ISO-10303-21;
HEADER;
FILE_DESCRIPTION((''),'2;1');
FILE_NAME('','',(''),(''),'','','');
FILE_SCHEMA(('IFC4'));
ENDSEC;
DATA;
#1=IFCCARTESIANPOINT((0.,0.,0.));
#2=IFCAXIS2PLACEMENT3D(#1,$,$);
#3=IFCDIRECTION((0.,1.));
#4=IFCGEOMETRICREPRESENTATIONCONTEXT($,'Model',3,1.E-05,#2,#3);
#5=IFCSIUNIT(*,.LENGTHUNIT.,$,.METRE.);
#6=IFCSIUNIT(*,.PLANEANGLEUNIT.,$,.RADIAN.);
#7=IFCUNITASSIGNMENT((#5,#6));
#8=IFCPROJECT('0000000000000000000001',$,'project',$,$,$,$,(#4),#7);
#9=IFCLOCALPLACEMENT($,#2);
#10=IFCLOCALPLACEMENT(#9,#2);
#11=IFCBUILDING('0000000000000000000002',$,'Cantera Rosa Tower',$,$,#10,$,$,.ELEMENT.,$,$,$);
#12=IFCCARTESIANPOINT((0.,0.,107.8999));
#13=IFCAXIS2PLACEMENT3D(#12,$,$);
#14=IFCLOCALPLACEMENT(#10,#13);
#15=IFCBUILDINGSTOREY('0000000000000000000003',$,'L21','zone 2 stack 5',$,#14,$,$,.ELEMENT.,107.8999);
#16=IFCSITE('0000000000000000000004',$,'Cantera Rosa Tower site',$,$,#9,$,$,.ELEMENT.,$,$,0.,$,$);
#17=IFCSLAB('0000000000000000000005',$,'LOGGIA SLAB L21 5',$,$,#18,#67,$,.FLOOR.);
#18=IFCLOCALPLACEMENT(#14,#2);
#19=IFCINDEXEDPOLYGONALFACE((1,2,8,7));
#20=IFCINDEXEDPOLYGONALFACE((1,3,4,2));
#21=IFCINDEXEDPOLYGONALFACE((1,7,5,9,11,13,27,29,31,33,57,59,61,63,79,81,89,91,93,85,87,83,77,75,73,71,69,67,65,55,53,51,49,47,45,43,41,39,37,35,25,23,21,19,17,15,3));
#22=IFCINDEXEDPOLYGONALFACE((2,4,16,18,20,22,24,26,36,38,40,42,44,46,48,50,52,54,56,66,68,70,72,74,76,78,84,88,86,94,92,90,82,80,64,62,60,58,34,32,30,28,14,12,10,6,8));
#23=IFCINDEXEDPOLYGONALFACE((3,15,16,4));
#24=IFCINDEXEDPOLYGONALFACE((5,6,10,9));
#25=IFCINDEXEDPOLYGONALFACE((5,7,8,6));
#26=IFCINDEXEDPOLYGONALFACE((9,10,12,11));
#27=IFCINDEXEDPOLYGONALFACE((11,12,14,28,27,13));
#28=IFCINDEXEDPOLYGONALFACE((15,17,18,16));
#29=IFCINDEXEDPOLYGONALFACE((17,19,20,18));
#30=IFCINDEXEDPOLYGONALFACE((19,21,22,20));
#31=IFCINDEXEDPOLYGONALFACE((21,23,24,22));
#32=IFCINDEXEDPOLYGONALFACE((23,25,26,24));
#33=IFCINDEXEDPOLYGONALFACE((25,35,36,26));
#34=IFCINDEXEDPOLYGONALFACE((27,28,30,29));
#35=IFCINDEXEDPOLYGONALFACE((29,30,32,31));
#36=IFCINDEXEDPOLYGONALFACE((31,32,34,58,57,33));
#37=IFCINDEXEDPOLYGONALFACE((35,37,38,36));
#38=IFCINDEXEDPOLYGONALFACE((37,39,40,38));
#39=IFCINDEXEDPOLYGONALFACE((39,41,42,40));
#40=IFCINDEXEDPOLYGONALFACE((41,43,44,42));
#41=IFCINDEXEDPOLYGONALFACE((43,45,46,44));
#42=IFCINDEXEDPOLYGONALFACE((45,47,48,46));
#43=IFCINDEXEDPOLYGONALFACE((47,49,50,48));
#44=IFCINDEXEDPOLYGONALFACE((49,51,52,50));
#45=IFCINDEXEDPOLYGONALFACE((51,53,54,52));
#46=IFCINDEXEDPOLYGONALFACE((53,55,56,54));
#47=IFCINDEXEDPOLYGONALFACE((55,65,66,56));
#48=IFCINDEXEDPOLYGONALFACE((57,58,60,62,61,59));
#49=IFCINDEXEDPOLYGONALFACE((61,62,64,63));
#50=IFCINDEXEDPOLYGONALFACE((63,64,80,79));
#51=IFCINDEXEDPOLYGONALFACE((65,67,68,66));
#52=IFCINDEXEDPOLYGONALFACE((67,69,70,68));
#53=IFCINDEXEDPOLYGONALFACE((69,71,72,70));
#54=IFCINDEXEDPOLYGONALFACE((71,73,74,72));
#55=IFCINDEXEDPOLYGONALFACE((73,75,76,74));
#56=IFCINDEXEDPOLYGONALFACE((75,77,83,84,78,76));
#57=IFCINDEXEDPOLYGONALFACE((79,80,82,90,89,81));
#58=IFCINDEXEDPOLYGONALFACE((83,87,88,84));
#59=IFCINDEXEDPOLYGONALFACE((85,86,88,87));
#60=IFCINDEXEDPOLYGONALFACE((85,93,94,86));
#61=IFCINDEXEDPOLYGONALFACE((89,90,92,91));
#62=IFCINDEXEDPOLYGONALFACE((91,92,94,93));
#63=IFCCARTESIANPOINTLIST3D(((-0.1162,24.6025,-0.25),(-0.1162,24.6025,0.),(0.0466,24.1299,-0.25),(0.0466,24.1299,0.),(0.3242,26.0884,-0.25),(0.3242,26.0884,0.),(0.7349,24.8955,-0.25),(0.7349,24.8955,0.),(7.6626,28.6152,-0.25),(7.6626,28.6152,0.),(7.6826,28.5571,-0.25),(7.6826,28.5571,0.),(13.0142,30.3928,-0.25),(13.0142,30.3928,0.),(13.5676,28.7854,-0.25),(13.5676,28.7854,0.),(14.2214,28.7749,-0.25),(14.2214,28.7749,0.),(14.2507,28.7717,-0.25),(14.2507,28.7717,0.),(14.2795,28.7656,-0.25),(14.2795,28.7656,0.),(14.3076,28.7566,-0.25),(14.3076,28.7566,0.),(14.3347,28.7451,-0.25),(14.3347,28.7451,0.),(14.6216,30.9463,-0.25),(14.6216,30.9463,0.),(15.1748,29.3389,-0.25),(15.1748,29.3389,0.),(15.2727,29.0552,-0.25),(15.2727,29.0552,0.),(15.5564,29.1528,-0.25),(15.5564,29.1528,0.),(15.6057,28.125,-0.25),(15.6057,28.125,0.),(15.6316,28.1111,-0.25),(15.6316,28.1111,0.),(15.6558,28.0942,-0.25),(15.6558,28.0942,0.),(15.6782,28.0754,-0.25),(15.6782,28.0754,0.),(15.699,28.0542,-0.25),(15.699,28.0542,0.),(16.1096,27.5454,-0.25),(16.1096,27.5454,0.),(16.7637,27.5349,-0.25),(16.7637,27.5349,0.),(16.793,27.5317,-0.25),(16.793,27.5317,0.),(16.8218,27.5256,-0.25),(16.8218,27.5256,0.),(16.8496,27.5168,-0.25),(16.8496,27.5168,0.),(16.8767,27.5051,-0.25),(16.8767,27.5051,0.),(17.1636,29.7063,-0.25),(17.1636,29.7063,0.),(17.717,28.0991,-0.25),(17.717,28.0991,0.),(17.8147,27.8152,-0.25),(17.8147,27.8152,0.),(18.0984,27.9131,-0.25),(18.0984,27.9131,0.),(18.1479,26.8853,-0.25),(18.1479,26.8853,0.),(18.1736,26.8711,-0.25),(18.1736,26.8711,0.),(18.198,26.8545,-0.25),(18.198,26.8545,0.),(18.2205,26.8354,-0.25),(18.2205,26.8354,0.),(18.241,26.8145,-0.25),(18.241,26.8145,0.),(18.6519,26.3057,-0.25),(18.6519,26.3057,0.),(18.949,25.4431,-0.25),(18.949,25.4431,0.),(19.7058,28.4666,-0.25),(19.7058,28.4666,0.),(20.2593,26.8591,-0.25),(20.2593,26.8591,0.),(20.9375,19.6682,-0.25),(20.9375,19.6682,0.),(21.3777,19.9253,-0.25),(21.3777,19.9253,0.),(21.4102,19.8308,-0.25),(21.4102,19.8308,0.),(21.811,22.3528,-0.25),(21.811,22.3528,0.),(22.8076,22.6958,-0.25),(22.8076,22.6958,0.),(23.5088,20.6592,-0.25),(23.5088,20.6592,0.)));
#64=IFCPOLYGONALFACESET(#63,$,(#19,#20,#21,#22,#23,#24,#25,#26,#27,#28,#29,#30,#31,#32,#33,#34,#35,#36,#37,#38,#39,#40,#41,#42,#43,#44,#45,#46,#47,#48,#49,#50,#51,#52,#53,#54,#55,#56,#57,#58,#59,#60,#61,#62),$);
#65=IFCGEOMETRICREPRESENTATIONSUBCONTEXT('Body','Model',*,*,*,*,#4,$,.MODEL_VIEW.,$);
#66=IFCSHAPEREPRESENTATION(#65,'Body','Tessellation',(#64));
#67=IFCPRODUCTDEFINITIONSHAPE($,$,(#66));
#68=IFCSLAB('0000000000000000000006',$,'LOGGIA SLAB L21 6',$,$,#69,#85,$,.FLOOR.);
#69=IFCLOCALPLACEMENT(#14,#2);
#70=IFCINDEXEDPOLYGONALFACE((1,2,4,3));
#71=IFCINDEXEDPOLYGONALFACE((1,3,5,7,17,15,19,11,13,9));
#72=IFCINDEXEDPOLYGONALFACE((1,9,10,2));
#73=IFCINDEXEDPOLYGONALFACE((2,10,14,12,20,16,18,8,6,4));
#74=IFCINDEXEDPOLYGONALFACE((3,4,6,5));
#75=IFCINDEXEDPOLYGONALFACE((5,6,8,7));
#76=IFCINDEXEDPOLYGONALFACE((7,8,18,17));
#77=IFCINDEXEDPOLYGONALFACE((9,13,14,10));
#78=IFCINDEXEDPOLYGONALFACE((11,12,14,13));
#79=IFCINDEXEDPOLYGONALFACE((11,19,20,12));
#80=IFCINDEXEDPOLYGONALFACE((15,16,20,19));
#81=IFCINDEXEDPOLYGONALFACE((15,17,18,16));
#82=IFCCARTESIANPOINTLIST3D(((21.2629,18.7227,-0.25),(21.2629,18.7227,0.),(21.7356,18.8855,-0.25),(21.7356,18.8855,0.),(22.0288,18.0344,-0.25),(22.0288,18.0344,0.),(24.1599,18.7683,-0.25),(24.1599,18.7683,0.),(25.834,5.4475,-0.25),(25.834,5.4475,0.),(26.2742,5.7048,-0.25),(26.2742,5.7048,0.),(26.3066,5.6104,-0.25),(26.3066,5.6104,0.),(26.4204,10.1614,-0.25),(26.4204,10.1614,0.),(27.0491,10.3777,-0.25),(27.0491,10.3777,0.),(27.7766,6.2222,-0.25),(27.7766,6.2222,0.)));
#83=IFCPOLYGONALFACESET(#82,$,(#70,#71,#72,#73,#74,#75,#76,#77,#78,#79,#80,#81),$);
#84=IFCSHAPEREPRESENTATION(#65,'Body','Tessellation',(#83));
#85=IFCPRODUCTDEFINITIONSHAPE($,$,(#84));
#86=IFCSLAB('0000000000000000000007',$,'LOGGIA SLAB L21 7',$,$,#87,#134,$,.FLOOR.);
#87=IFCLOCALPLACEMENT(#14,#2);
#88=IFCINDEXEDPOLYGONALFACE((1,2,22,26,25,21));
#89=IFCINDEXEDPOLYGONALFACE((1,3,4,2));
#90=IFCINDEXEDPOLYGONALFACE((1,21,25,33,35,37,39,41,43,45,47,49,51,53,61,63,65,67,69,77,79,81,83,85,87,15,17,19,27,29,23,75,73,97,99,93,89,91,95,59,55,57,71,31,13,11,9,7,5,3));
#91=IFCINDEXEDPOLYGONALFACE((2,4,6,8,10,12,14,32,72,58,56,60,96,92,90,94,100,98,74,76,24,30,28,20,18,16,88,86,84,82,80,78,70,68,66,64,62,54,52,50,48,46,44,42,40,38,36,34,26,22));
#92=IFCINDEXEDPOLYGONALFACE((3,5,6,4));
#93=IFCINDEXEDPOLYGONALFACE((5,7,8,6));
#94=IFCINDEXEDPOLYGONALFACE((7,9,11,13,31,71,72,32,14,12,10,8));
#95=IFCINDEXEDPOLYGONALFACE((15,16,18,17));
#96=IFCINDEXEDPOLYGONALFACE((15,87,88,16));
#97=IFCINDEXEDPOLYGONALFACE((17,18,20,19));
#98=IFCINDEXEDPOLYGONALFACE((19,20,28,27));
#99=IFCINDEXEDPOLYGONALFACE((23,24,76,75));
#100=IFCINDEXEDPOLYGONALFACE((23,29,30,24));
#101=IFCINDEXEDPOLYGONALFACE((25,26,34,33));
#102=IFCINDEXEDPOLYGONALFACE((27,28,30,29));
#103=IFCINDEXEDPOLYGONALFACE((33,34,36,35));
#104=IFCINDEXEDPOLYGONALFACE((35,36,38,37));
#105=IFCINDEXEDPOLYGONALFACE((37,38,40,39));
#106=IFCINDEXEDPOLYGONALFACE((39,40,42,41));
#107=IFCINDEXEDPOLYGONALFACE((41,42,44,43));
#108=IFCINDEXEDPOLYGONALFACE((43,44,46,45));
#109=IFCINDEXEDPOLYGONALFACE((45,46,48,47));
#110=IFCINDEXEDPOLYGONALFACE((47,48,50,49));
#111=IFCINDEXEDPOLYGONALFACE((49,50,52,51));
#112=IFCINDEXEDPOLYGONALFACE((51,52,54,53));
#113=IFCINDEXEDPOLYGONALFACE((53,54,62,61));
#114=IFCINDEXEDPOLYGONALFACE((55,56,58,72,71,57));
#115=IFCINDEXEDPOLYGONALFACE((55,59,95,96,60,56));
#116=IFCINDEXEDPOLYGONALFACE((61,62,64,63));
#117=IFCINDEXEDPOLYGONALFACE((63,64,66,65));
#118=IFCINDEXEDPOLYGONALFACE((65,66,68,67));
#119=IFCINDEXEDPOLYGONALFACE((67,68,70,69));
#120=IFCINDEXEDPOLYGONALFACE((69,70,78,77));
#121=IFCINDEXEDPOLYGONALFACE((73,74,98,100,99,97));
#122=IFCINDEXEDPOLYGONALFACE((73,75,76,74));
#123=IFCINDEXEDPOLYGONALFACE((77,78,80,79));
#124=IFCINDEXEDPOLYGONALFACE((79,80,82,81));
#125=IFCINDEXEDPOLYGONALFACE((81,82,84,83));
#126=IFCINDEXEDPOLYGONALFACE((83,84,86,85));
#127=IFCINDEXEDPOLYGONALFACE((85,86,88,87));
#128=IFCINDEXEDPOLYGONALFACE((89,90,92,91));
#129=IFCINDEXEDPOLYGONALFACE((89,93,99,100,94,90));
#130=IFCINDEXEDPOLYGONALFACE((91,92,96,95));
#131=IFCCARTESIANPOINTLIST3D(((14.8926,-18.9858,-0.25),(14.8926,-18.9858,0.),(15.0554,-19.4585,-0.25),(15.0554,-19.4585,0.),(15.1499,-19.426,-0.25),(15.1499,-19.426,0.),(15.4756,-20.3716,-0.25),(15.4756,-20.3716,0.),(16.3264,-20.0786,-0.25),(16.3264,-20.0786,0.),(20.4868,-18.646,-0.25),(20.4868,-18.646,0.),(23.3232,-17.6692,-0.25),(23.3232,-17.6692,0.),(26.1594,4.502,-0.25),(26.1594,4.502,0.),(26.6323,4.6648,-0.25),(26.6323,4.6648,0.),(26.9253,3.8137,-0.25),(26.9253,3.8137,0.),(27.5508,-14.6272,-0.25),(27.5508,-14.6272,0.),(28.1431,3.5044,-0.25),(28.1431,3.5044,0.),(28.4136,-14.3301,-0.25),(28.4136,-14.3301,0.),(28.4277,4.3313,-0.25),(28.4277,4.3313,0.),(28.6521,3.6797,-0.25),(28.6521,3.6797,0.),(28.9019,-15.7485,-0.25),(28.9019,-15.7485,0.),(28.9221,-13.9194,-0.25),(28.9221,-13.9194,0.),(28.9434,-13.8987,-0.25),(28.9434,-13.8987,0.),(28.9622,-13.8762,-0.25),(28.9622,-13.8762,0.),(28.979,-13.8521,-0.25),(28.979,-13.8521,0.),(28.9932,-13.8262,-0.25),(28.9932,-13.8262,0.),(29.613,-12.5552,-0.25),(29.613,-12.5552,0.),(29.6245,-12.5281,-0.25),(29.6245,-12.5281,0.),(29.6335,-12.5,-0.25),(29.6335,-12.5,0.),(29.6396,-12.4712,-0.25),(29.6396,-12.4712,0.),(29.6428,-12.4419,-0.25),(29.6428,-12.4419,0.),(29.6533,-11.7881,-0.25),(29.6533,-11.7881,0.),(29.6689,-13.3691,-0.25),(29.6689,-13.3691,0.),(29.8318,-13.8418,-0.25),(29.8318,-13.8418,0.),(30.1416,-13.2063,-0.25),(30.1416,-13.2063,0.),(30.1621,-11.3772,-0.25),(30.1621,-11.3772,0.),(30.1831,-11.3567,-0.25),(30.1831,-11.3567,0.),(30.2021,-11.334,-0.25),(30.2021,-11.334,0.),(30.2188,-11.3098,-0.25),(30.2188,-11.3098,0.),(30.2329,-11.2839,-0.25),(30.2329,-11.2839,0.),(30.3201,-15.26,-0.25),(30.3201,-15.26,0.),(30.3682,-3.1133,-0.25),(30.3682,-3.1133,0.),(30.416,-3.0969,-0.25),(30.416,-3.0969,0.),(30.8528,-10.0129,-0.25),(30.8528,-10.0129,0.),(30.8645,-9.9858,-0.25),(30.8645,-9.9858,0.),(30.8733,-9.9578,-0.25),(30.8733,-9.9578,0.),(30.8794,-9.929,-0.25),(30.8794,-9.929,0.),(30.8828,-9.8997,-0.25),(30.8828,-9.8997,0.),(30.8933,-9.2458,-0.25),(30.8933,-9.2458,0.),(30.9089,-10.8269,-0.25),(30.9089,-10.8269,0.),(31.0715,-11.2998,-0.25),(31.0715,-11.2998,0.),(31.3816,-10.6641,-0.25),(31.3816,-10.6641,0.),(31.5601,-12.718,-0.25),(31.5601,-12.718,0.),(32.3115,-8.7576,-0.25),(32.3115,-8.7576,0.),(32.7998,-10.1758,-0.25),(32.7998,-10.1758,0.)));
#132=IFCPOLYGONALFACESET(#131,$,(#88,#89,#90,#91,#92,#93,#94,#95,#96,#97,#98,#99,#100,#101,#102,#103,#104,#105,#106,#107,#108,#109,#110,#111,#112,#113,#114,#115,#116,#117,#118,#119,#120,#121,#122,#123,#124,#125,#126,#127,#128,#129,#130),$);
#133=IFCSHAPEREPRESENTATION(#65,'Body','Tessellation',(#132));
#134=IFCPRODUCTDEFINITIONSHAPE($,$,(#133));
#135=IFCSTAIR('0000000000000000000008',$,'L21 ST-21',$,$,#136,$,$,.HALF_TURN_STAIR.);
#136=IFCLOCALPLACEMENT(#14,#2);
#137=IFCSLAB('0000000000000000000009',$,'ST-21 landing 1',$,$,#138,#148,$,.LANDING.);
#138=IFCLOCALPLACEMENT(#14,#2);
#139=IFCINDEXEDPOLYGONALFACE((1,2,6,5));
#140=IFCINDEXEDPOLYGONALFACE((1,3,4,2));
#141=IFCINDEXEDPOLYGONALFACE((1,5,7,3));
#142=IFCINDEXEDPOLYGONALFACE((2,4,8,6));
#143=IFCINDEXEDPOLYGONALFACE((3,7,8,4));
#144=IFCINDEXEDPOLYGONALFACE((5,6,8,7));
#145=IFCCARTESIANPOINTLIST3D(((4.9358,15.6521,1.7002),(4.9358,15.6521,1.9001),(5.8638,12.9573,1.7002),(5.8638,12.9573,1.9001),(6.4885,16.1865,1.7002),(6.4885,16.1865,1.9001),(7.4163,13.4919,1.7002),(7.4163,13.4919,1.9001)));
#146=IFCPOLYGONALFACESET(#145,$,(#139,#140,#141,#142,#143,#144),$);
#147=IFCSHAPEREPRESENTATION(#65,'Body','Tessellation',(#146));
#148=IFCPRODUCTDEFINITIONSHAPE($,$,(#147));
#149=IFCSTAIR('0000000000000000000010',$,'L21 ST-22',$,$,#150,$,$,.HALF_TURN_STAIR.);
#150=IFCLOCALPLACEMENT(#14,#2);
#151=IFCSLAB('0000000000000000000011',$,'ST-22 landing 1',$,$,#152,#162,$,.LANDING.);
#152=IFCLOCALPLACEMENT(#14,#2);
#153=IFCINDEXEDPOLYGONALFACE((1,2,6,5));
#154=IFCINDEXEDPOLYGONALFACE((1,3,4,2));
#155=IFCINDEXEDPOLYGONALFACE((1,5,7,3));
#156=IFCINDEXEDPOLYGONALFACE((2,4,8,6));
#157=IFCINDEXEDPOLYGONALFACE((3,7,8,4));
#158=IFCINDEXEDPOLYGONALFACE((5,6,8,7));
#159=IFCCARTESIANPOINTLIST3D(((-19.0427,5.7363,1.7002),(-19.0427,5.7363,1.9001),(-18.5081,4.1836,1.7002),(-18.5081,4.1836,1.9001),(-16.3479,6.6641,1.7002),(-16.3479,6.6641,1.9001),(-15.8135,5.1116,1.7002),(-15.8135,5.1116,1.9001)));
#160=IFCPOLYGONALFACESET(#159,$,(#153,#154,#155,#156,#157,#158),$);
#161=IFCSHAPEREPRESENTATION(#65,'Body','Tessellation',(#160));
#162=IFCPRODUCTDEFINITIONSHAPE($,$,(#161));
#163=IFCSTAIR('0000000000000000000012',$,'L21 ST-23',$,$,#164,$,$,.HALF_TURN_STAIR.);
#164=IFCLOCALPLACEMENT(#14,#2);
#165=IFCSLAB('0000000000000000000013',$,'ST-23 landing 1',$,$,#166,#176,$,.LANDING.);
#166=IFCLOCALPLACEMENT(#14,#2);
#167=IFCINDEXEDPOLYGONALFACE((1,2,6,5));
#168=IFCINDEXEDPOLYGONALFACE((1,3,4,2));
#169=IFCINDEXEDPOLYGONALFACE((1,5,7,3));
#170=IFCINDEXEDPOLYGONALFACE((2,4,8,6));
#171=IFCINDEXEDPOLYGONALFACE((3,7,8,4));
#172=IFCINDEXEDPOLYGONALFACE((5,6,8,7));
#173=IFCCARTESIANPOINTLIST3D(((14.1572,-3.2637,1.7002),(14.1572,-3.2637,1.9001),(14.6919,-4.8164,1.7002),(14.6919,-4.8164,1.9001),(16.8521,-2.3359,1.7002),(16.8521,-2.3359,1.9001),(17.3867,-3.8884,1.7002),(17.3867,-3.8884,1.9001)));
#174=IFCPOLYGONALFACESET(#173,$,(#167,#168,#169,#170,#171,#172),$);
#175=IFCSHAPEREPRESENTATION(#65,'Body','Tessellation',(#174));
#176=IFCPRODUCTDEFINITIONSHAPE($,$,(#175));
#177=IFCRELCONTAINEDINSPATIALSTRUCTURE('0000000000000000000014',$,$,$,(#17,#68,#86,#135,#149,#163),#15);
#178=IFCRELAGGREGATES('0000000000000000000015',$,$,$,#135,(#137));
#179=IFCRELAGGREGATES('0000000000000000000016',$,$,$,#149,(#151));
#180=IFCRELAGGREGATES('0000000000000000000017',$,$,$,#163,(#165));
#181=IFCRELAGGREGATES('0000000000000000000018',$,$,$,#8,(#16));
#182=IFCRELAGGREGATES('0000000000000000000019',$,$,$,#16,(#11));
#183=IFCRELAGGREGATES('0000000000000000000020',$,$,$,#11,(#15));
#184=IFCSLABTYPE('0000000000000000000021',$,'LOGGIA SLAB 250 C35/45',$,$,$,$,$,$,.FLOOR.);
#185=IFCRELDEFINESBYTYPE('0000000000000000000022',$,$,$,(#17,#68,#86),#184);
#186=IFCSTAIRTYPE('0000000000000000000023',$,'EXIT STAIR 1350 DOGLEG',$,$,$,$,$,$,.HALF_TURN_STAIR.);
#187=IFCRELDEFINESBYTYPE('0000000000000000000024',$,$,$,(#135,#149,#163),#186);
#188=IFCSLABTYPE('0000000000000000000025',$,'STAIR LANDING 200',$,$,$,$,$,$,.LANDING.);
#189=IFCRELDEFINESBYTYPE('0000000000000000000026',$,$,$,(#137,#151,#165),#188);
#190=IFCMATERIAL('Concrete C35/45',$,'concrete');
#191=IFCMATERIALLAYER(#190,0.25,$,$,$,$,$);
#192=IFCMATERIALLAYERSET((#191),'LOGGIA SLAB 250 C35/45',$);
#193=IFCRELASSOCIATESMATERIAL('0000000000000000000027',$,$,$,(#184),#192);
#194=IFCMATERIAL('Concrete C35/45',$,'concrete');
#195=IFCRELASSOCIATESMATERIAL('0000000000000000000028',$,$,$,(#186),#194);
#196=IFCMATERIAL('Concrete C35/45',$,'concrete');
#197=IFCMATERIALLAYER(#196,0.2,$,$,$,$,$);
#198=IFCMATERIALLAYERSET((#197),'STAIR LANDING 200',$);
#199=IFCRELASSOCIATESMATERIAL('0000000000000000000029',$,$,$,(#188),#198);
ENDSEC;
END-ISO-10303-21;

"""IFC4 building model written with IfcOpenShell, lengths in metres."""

from ifc_helpers import new_model, si_unit, direction, frame, origin, place, context, subcontext, project, spatial, polyline, outline, extrude, material, layer, layer_set, type_object, element, aggregate, save


model = new_model("IFC4")

# Units and contexts
model_context = context("Model", 3, precision=1e-05, world=origin(), true_north=direction((0.0, 1.0)))
body_context = subcontext(model_context, "Body", "Model", "MODEL_VIEW")
ifc_project = project(units=[si_unit("LENGTHUNIT", "METRE"), si_unit("PLANEANGLEUNIT", "RADIAN")], contexts=[model_context])

# Site, building, storey
site_placement = place(None, origin())
site = spatial("IfcSite", under=ifc_project, at=site_placement, Name="Cantera Rosa Tower site", CompositionType="ELEMENT", RefElevation=0.0)
building_placement = place(site_placement, origin())
building = spatial("IfcBuilding", under=site, at=building_placement, Name="Cantera Rosa Tower", CompositionType="ELEMENT")
storey_placement = place(building_placement, frame((0.0, 0.0, 107.8999)))
storey = spatial("IfcBuildingStorey", under=building, at=storey_placement, Name="L21", Description="zone 2 stack 5", CompositionType="ELEMENT", Elevation=107.8999)

# Slabs
ifc_material_1 = material(Name="Concrete C35/45", Category="concrete")
ifc_layer_1 = layer(ifc_material_1, 0.25)
ifc_layer_set_1 = layer_set([ifc_layer_1], Name="LOGGIA SLAB 250 C35/45")
slab_type_1 = type_object("IfcSlabType", Name="LOGGIA SLAB 250 C35/45", PredefinedType="FLOOR", material=ifc_layer_set_1)
slab_1_placement = place(storey_placement, frame((0.0, 0.0, -0.25)))
element("IfcSlab", 1, at=slab_1_placement, inside=storey, type_object=slab_type_1, Name="LOGGIA SLAB L21 5", PredefinedType="FLOOR", context=body_context, shape_type="SweptSolid", body=[
    extrude(outline(polyline([(13.0142, 30.3928), (14.6216, 30.9463), (15.1748, 29.3389), (15.2727, 29.0552), (15.5564, 29.1528), (17.1636, 29.7063), (17.717, 28.0991), (17.8147, 27.8152), (18.0984, 27.9131), (19.7058, 28.4666), (20.2593, 26.8591), (21.811, 22.3528), (22.8076, 22.6958), (23.5088, 20.6592), (21.3777, 19.9253), (21.4102, 19.8308), (20.9375, 19.6682), (18.949, 25.4431), (18.6519, 26.3057), (18.241, 26.8145), (18.2205, 26.8354), (18.198, 26.8545), (18.1736, 26.8711), (18.1479, 26.8853), (16.8767, 27.5051), (16.8496, 27.5168), (16.8218, 27.5256), (16.793, 27.5317), (16.7637, 27.5349), (16.1096, 27.5454), (15.699, 28.0542), (15.6782, 28.0754), (15.6558, 28.0942), (15.6316, 28.1111), (15.6057, 28.125), (14.3347, 28.7451), (14.3076, 28.7566), (14.2795, 28.7656), (14.2507, 28.7717), (14.2214, 28.7749), (13.5676, 28.7854), (0.0466, 24.1299), (-0.1162, 24.6025), (0.7349, 24.8955), (0.3242, 26.0884), (7.6626, 28.6152), (7.6826, 28.5571), (13.0142, 30.3928)])), origin(), (0.0, 0.0, 1.0), 0.25),
])
slab_2_placement = place(storey_placement, frame((0.0, 0.0, -0.25)))
element("IfcSlab", 2, at=slab_2_placement, inside=storey, type_object=slab_type_1, Name="LOGGIA SLAB L21 6", PredefinedType="FLOOR", context=body_context, shape_type="SweptSolid", body=[
    extrude(outline(polyline([(27.7766, 6.2222), (26.2742, 5.7048), (26.3066, 5.6104), (25.834, 5.4475), (21.2629, 18.7227), (21.7356, 18.8855), (22.0288, 18.0344), (24.1599, 18.7683), (27.0491, 10.3777), (26.4204, 10.1614), (27.7766, 6.2222)])), origin(), (0.0, 0.0, 1.0), 0.25),
])
slab_3_placement = place(storey_placement, frame((0.0, 0.0, -0.25)))
element("IfcSlab", 3, at=slab_3_placement, inside=storey, type_object=slab_type_1, Name="LOGGIA SLAB L21 7", PredefinedType="FLOOR", context=body_context, shape_type="SweptSolid", body=[
    extrude(outline(polyline([(30.416, -3.0969), (30.3682, -3.1133), (32.3115, -8.7576), (32.7998, -10.1758), (31.3816, -10.6641), (30.9089, -10.8269), (31.0715, -11.2998), (31.5601, -12.718), (30.1416, -13.2063), (29.6689, -13.3691), (29.8318, -13.8418), (30.3201, -15.26), (28.9019, -15.7485), (23.3232, -17.6692), (20.4868, -18.646), (16.3264, -20.0786), (15.4756, -20.3716), (15.1499, -19.426), (15.0554, -19.4585), (14.8926, -18.9858), (27.5508, -14.6272), (28.4136, -14.3301), (28.9221, -13.9194), (28.9434, -13.8987), (28.9622, -13.8762), (28.979, -13.8521), (28.9932, -13.8262), (29.613, -12.5552), (29.6245, -12.5281), (29.6335, -12.5), (29.6396, -12.4712), (29.6428, -12.4419), (29.6533, -11.7881), (30.1621, -11.3772), (30.1831, -11.3567), (30.2021, -11.334), (30.2188, -11.3098), (30.2329, -11.2839), (30.8528, -10.0129), (30.8645, -9.9858), (30.8733, -9.9578), (30.8794, -9.929), (30.8828, -9.8997), (30.8933, -9.2458), (26.1594, 4.502), (26.6323, 4.6648), (26.9253, 3.8137), (28.4277, 4.3313), (28.6521, 3.6797), (28.1431, 3.5044), (30.416, -3.0969)])), origin(), (0.0, 0.0, 1.0), 0.25),
])

# Stairs, slabs
ifc_material_2 = material(Name="Concrete C35/45", Category="concrete")
stair_type = type_object("IfcStairType", Name="EXIT STAIR 1350 DOGLEG", PredefinedType="HALF_TURN_STAIR", material=ifc_material_2)
stair_1_placement = place(storey_placement, origin())
stair_1 = element("IfcStair", 4, at=stair_1_placement, inside=storey, type_object=stair_type, Name="L21 ST-21", PredefinedType="HALF_TURN_STAIR")
ifc_material_3 = material(Name="Concrete C35/45", Category="concrete")
ifc_layer_2 = layer(ifc_material_3, 0.2)
ifc_layer_set_2 = layer_set([ifc_layer_2], Name="STAIR LANDING 200")
slab_type_2 = type_object("IfcSlabType", Name="STAIR LANDING 200", PredefinedType="LANDING", material=ifc_layer_set_2)
slab_4_placement = place(storey_placement, frame((0.0, 0.0, 1.7002)))
slab_4 = element("IfcSlab", 5, at=slab_4_placement, type_object=slab_type_2, Name="ST-21 landing 1", PredefinedType="LANDING", context=body_context, shape_type="SweptSolid", body=[
    extrude(outline(polyline([(6.4885, 16.1865), (4.9358, 15.6521), (5.8638, 12.9573), (7.4163, 13.4919), (6.4885, 16.1865)])), origin(), (0.0, 0.0, 1.0), 0.2),
])
aggregate(stair_1, [slab_4])
stair_2_placement = place(storey_placement, origin())
stair_2 = element("IfcStair", 6, at=stair_2_placement, inside=storey, type_object=stair_type, Name="L21 ST-22", PredefinedType="HALF_TURN_STAIR")
slab_5_placement = place(storey_placement, frame((0.0, 0.0, 1.7002)))
slab_5 = element("IfcSlab", 7, at=slab_5_placement, type_object=slab_type_2, Name="ST-22 landing 1", PredefinedType="LANDING", context=body_context, shape_type="SweptSolid", body=[
    extrude(outline(polyline([(-15.8135, 5.1116), (-16.3479, 6.6641), (-19.0427, 5.7363), (-18.5081, 4.1836), (-15.8135, 5.1116)])), origin(), (0.0, 0.0, 1.0), 0.2),
])
aggregate(stair_2, [slab_5])
stair_3_placement = place(storey_placement, origin())
stair_3 = element("IfcStair", 8, at=stair_3_placement, inside=storey, type_object=stair_type, Name="L21 ST-23", PredefinedType="HALF_TURN_STAIR")
slab_6_placement = place(storey_placement, frame((0.0, 0.0, 1.7002)))
slab_6 = element("IfcSlab", 9, at=slab_6_placement, type_object=slab_type_2, Name="ST-23 landing 1", PredefinedType="LANDING", context=body_context, shape_type="SweptSolid", body=[
    extrude(outline(polyline([(17.3867, -3.8884), (16.8521, -2.3359), (14.1572, -3.2637), (14.6919, -4.8164), (17.3867, -3.8884)])), origin(), (0.0, 0.0, 1.0), 0.2),
])
aggregate(stair_3, [slab_6])

save(model, "model.ifc")
